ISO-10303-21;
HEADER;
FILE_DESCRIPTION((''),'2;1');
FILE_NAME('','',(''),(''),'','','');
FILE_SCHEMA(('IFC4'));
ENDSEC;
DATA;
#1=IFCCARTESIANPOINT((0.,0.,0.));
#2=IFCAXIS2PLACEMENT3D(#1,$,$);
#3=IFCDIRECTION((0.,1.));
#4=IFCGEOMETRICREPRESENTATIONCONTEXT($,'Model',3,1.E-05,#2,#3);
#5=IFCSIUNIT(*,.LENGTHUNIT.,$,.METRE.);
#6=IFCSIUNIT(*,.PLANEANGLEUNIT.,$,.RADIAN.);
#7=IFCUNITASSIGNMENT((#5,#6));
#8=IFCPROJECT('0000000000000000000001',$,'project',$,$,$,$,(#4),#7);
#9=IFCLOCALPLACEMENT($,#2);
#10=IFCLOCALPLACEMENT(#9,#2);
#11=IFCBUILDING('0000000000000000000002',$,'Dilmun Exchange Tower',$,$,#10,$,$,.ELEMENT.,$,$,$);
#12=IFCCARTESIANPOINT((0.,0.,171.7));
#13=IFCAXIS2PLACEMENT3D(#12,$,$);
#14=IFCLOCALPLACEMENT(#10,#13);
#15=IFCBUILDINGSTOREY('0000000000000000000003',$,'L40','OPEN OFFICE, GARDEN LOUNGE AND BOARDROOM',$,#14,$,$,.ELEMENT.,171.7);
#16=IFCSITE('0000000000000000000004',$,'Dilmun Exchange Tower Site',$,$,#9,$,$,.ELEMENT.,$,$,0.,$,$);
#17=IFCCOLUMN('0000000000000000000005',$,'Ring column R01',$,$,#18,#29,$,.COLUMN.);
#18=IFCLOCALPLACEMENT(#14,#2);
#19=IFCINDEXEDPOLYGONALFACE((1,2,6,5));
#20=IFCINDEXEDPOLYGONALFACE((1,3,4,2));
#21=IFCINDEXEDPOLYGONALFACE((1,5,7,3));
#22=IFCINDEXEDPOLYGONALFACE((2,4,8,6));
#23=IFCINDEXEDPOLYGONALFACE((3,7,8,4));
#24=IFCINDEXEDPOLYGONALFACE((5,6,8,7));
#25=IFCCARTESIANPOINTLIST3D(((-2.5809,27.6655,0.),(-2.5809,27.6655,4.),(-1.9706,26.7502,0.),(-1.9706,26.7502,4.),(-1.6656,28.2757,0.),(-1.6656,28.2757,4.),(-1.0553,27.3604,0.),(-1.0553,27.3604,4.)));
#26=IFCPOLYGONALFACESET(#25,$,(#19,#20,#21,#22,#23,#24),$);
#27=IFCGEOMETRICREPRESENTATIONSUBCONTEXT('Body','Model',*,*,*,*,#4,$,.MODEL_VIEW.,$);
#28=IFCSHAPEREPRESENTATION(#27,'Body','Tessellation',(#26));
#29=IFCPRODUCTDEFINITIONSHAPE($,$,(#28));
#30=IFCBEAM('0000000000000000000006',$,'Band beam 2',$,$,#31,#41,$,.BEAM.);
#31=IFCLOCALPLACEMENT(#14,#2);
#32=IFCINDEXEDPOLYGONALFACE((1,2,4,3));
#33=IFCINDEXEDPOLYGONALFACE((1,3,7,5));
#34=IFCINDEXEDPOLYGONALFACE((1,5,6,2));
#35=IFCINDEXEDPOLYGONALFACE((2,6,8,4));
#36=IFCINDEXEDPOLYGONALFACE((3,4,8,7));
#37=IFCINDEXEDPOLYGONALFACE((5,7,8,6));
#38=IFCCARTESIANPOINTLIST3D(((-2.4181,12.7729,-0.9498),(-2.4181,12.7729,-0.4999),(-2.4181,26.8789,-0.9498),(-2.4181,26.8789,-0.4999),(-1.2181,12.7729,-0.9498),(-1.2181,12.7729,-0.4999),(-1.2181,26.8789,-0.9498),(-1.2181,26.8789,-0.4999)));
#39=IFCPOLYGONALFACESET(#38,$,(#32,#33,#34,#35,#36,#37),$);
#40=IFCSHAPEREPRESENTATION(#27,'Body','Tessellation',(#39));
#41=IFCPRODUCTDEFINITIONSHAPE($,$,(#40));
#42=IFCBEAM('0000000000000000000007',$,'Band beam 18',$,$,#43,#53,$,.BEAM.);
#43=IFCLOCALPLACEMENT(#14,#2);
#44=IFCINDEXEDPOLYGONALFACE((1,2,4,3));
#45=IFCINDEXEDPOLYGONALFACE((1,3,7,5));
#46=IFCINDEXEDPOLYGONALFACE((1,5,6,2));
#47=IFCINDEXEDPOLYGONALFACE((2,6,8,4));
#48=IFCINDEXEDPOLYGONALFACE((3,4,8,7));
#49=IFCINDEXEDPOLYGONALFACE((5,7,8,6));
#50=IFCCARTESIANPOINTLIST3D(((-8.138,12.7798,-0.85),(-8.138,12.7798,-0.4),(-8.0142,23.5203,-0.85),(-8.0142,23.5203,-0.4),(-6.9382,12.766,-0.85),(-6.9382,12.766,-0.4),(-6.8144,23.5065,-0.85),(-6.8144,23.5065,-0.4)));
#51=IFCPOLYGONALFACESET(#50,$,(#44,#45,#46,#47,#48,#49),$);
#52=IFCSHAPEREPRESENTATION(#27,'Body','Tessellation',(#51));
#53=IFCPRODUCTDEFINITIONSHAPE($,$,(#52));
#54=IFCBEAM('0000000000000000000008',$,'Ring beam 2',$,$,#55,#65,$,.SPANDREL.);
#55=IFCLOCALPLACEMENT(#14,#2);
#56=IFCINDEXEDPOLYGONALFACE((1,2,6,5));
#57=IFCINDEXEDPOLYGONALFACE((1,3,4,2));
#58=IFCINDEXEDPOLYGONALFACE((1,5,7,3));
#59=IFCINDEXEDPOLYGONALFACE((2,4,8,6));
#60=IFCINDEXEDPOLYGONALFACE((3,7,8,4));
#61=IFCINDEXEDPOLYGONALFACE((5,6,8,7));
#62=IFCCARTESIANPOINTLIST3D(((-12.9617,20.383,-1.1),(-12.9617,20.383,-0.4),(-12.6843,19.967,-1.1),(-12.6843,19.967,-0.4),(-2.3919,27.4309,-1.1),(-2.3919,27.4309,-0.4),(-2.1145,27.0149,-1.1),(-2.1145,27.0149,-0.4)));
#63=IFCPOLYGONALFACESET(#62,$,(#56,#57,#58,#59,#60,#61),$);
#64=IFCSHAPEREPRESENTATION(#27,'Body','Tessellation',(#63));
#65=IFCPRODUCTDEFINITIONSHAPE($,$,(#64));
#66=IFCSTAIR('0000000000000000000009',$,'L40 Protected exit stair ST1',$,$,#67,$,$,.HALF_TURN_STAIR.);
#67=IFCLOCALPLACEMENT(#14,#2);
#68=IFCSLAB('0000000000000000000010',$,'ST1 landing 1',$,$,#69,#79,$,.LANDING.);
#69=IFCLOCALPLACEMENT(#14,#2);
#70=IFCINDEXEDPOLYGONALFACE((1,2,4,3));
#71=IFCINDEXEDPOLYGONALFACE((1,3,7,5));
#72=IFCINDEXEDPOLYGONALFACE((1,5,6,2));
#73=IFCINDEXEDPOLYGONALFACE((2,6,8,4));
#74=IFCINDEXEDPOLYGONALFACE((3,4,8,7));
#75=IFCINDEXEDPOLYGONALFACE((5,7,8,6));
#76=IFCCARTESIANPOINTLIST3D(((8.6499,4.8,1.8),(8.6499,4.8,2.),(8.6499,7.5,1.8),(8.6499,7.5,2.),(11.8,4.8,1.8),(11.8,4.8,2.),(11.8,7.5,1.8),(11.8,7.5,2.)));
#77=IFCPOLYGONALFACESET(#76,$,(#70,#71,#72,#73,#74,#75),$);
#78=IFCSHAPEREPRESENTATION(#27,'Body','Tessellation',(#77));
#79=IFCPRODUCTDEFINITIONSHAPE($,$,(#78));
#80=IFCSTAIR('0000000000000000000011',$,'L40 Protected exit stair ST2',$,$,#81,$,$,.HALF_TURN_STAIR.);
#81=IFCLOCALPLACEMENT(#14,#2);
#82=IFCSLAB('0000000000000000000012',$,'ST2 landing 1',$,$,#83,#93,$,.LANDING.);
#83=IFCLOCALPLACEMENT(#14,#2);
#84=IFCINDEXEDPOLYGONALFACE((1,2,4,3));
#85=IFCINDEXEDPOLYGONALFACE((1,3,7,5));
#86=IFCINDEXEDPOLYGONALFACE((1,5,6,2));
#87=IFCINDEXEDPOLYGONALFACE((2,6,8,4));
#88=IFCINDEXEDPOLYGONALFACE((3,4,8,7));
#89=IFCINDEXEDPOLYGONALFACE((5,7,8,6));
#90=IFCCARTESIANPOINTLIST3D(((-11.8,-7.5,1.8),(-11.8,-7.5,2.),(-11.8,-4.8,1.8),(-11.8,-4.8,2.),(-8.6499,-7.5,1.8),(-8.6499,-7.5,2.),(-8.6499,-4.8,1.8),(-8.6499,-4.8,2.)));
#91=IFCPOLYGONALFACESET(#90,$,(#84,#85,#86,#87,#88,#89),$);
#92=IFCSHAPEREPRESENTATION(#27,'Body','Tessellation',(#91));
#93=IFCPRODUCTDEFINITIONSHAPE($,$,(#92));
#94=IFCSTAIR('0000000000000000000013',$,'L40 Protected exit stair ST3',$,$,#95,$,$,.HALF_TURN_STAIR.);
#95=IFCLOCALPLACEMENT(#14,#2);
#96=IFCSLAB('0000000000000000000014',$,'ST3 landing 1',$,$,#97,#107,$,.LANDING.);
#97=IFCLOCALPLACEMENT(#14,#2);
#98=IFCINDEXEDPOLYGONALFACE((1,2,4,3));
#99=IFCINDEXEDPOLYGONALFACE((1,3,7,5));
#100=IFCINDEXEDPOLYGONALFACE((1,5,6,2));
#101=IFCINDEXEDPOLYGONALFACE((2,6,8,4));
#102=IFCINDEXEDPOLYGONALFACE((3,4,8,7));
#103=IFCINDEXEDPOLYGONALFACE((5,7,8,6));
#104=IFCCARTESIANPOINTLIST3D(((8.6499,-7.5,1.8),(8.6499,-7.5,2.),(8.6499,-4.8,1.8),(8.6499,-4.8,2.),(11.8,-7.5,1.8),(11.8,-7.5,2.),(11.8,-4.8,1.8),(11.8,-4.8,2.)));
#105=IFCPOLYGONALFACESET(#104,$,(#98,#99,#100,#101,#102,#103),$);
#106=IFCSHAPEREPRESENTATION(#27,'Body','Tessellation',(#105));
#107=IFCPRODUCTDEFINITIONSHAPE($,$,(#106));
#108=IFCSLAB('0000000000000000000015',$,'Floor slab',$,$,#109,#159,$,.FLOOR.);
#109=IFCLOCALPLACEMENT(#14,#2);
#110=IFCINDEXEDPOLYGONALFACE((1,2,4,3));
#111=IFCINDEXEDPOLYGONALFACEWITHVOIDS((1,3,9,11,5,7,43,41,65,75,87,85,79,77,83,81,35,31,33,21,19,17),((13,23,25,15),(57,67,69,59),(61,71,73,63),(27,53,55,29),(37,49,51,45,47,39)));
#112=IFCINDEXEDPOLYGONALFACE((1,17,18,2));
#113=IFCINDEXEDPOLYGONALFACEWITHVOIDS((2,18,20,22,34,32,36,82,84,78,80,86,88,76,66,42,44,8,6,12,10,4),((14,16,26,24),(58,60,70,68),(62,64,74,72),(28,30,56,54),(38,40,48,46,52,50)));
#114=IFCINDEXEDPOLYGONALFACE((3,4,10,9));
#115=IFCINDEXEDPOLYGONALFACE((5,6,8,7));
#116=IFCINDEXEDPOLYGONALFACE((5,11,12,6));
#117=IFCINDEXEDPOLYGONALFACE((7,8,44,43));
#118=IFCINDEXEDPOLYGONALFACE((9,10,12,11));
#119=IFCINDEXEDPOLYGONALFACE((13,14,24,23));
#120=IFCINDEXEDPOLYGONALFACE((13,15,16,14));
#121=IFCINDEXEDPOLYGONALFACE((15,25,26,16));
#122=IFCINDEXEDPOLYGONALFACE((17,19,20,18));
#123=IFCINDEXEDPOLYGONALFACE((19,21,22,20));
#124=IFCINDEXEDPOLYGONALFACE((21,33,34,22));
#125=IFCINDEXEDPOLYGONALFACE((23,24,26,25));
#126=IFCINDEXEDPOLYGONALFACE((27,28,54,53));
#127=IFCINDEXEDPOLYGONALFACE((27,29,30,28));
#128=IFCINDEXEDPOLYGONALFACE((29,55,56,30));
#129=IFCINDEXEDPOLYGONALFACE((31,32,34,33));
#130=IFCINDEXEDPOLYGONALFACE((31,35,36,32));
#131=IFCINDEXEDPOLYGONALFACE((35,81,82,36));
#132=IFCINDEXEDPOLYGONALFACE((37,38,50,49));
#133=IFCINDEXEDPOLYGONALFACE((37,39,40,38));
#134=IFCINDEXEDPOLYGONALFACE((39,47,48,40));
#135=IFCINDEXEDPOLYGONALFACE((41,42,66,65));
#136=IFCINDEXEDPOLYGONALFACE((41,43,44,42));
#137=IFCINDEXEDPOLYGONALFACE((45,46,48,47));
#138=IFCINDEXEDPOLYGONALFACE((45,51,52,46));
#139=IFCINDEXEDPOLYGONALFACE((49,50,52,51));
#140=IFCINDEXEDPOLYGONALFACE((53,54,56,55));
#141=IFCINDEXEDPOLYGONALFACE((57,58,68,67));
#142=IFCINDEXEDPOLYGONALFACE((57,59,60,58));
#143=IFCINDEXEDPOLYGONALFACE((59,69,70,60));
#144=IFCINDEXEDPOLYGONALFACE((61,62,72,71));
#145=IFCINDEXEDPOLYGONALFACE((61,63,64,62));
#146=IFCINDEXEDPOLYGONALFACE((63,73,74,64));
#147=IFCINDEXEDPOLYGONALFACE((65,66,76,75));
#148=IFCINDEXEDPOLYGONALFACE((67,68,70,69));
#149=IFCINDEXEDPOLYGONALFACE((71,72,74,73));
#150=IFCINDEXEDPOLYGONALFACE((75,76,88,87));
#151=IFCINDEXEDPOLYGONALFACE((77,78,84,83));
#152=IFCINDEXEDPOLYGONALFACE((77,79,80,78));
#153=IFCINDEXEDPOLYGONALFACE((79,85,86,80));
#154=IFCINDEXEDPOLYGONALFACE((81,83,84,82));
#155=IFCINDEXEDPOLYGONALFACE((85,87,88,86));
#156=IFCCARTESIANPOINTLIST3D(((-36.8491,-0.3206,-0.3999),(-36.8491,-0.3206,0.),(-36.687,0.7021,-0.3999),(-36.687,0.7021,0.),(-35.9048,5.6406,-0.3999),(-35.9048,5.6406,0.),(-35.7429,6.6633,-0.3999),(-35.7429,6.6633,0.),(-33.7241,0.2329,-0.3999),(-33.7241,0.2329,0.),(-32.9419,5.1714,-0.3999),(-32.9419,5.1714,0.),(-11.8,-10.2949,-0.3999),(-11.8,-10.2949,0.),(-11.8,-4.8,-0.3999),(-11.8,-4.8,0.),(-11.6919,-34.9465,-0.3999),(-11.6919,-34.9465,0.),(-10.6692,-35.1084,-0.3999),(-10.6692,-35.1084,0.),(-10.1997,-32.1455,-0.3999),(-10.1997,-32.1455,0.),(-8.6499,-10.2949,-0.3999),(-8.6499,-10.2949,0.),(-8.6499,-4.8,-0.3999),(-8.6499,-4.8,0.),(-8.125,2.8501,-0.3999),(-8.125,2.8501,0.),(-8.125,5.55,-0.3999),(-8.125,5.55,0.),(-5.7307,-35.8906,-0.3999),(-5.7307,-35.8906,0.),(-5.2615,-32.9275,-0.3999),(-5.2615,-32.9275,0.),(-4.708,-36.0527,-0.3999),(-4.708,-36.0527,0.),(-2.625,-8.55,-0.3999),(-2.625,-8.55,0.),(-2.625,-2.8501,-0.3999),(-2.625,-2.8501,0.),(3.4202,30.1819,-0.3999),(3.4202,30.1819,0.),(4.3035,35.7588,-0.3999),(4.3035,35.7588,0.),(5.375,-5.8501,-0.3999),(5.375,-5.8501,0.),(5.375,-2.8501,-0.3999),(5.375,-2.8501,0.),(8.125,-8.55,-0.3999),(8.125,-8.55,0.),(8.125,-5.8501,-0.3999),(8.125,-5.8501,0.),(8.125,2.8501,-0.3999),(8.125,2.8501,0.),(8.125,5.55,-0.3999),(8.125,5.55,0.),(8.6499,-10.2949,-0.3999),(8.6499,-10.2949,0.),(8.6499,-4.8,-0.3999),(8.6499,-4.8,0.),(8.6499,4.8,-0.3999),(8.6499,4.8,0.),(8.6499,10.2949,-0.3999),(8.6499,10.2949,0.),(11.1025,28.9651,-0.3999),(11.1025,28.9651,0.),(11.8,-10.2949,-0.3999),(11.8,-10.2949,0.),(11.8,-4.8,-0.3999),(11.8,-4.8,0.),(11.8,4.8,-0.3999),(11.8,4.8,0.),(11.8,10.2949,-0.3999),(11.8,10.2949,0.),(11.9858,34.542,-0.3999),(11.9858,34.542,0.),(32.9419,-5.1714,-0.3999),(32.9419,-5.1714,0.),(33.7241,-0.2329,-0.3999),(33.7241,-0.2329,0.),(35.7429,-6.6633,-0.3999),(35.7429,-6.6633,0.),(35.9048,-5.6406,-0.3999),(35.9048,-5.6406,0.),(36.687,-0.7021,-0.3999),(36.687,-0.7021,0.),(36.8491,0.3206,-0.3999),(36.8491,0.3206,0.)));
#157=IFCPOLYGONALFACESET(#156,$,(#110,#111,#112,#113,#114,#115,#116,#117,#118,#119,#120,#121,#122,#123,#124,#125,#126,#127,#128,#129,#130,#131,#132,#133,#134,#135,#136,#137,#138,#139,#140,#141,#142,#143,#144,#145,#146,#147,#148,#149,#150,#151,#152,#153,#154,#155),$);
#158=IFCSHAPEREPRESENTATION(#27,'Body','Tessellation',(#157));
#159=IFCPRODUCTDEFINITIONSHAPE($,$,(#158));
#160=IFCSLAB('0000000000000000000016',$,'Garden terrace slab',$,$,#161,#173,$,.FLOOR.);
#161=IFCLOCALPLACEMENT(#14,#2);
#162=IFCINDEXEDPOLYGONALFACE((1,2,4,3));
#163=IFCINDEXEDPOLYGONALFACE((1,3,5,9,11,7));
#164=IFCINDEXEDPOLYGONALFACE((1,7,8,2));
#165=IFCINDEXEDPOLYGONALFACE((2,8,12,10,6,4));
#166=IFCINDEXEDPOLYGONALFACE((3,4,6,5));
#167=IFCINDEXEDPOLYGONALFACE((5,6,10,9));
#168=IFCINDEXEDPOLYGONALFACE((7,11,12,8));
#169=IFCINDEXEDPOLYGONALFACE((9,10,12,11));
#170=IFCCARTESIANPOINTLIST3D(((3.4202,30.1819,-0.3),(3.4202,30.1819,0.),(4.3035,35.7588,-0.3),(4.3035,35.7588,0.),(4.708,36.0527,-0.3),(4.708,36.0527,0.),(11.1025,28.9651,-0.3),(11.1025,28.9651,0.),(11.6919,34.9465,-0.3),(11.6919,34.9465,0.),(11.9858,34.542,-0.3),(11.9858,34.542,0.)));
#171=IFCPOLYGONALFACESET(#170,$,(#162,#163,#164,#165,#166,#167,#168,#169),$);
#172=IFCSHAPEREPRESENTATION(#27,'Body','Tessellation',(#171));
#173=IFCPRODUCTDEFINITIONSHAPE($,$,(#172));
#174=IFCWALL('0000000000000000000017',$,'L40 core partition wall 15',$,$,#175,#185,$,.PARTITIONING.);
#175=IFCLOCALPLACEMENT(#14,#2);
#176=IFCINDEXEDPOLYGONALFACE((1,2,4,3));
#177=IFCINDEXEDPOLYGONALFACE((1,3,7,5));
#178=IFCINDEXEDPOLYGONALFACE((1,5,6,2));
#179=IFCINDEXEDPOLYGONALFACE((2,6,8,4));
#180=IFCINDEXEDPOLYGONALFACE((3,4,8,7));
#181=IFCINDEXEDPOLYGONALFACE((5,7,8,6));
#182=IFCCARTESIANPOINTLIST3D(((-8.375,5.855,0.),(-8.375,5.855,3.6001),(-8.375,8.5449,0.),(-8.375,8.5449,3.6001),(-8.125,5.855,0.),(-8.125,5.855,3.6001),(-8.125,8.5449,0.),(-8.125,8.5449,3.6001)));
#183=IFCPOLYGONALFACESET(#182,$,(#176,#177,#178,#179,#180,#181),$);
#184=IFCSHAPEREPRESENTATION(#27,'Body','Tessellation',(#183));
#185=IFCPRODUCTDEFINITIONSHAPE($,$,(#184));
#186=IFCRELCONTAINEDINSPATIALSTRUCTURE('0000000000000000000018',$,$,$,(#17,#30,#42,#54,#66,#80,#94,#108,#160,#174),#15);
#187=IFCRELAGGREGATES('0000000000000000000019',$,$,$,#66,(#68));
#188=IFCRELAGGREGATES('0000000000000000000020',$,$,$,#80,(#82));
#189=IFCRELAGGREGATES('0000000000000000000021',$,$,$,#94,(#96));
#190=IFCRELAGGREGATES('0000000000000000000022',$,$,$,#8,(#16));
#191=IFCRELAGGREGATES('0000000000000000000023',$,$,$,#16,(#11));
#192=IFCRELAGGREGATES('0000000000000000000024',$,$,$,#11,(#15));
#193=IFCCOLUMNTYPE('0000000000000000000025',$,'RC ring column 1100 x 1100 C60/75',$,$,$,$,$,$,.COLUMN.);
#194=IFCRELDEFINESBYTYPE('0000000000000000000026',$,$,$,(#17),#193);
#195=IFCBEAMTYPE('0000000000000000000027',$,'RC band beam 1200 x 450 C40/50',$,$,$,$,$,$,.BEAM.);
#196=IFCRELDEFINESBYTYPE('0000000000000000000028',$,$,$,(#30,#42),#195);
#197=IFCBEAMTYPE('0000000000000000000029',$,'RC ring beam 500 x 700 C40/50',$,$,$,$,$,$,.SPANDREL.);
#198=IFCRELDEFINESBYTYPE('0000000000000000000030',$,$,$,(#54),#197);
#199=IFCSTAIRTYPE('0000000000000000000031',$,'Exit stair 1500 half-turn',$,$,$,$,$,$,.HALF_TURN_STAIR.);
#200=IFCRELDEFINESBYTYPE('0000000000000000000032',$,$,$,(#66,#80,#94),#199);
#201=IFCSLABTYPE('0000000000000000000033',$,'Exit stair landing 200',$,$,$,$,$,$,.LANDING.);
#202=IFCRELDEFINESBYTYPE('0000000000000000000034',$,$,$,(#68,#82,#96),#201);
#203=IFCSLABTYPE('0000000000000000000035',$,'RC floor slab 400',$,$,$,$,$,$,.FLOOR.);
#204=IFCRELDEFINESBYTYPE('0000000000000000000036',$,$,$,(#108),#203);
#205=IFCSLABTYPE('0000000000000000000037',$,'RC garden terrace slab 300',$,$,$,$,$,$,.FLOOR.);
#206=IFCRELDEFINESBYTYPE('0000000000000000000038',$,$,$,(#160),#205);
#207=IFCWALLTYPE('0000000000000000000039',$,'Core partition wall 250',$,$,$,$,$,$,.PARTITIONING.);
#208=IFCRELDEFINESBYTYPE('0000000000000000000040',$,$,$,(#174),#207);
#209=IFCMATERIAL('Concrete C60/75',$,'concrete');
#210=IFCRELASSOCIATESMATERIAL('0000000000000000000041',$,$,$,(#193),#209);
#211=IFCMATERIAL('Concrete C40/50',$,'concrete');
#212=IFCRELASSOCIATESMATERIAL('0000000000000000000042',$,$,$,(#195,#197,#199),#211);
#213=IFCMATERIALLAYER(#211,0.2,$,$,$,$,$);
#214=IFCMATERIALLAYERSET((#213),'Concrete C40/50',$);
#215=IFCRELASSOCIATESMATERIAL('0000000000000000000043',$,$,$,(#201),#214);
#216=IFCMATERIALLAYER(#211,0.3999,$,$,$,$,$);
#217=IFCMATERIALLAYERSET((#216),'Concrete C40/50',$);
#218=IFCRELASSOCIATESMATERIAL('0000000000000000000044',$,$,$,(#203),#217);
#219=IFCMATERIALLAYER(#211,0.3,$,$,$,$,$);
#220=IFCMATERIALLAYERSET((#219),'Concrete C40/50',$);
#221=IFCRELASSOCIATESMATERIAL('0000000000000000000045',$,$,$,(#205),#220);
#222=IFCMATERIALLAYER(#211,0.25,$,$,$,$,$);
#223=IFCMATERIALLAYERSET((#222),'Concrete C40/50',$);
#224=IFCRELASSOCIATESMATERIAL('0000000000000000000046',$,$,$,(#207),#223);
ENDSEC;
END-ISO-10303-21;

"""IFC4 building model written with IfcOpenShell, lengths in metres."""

from ifc_helpers import new_model, si_unit, direction, frame, frame_2d, origin, origin_2d, place, context, subcontext, project, spatial, polyline, rectangle, outline, extrude, material, layer, layer_set, material_profile, profile_set, type_object, element, aggregate, save


model = new_model("IFC4")

# Units and contexts
model_context = context("Model", 3, precision=1e-05, world=origin(), true_north=direction((0.0, 1.0)))
body_context = subcontext(model_context, "Body", "Model", "MODEL_VIEW")
ifc_project = project(units=[si_unit("LENGTHUNIT", "METRE"), si_unit("PLANEANGLEUNIT", "RADIAN")], contexts=[model_context])

# Site, building, storey
site_placement = place(None, origin())
site = spatial("IfcSite", under=ifc_project, at=site_placement, Name="Dilmun Exchange Tower Site", CompositionType="ELEMENT", RefElevation=0.0)
building_placement = place(site_placement, origin())
building = spatial("IfcBuilding", under=site, at=building_placement, Name="Dilmun Exchange Tower", CompositionType="ELEMENT")
storey_placement = place(building_placement, frame((0.0, 0.0, 171.7)))
storey = spatial("IfcBuildingStorey", under=building, at=storey_placement, Name="L40", Description="OPEN OFFICE, GARDEN LOUNGE AND BOARDROOM", CompositionType="ELEMENT", Elevation=171.7)

# Column
ifc_material_1 = material(Name="Concrete C60/75", Category="concrete")
ifc_material_profile_1 = material_profile(ifc_material_1, rectangle(XDim=1.1001, YDim=1.1001, at=origin_2d()), Name="1100 x 1100")
ifc_profile_set_1 = profile_set([ifc_material_profile_1], Name="Concrete C60/75")
column_type = type_object("IfcColumnType", Name="RC ring column 1100 x 1100 C60/75", PredefinedType="COLUMN", material=ifc_profile_set_1)
column_placement = place(storey_placement, frame((-1.8181, 27.5129, 0.0), z_axis=(0.0, 0.0, 1.0), x_axis=(0.832029, 0.554733, 0.0)))
element("IfcColumn", 1, at=column_placement, inside=storey, type_object=column_type, Name="Ring column R01", PredefinedType="COLUMN", context=body_context, shape_type="SweptSolid", body=[
    extrude(rectangle(XDim=1.1001, YDim=1.1001, at=origin_2d()), origin(), (0.0, 0.0, 1.0), 4.0),
])

# Beams
ifc_material_2 = material(Name="Concrete C40/50", Category="concrete")
ifc_material_profile_2 = material_profile(ifc_material_2, rectangle(XDim=1.2, YDim=0.45, at=origin_2d()), Name="1200 x 450")
ifc_profile_set_2 = profile_set([ifc_material_profile_2], Name="Concrete C40/50")
beam_type_1 = type_object("IfcBeamType", Name="RC band beam 1200 x 450 C40/50", PredefinedType="BEAM", material=ifc_profile_set_2)
beam_1_placement = place(storey_placement, frame((-1.8181, 26.8789, -0.7249), z_axis=(0.0, -1.0, 0.0), x_axis=(1.0, 0.0, 0.0)))
element("IfcBeam", 2, at=beam_1_placement, inside=storey, type_object=beam_type_1, Name="Band beam 2", PredefinedType="BEAM", context=body_context, shape_type="SweptSolid", body=[
    extrude(rectangle(XDim=1.2, YDim=0.45, at=origin_2d()), origin(), (0.0, 0.0, 1.0), 14.106),
])
beam_2_placement = place(storey_placement, frame((-7.4143, 23.5134, -0.625), z_axis=(-0.011524, -0.999934, 0.0), x_axis=(0.999934, -0.011524, 0.0)))
element("IfcBeam", 3, at=beam_2_placement, inside=storey, type_object=beam_type_1, Name="Band beam 18", PredefinedType="BEAM", context=body_context, shape_type="SweptSolid", body=[
    extrude(rectangle(XDim=1.2, YDim=0.45, at=origin_2d()), origin(), (0.0, 0.0, 1.0), 10.7412),
])
ifc_material_profile_3 = material_profile(ifc_material_2, rectangle(XDim=0.5, YDim=0.7, at=origin_2d()), Name="500 x 700")
ifc_profile_set_3 = profile_set([ifc_material_profile_3], Name="Concrete C40/50")
beam_type_2 = type_object("IfcBeamType", Name="RC ring beam 500 x 700 C40/50", PredefinedType="SPANDREL", material=ifc_profile_set_3)
beam_3_placement = place(storey_placement, frame((-2.2532, 27.2229, -0.75), z_axis=(-0.832003, -0.554771, 0.0), x_axis=(0.554771, -0.832003, 0.0)))
element("IfcBeam", 4, at=beam_3_placement, inside=storey, type_object=beam_type_2, Name="Ring beam 2", PredefinedType="SPANDREL", context=body_context, shape_type="SweptSolid", body=[
    extrude(rectangle(XDim=0.5, YDim=0.7, at=origin_2d()), origin(), (0.0, 0.0, 1.0), 12.7041),
])

# Stairs, slabs
stair_type = type_object("IfcStairType", Name="Exit stair 1500 half-turn", PredefinedType="HALF_TURN_STAIR", material=ifc_material_2)
stair_1_placement = place(storey_placement, origin())
stair_1 = element("IfcStair", 5, at=stair_1_placement, inside=storey, type_object=stair_type, Name="L40 Protected exit stair ST1", PredefinedType="HALF_TURN_STAIR")
ifc_layer_1 = layer(ifc_material_2, 0.2)
ifc_layer_set_1 = layer_set([ifc_layer_1], Name="Concrete C40/50")
slab_type_1 = type_object("IfcSlabType", Name="Exit stair landing 200", PredefinedType="LANDING", material=ifc_layer_set_1)
slab_1_placement = place(storey_placement, frame((0.0, 0.0, 1.8)))
slab_1 = element("IfcSlab", 6, at=slab_1_placement, type_object=slab_type_1, Name="ST1 landing 1", PredefinedType="LANDING", context=body_context, shape_type="SweptSolid", body=[
    extrude(outline(polyline([(8.6499, 7.5), (8.6499, 4.8), (11.8, 4.8), (11.8, 7.5), (8.6499, 7.5)])), origin(), (0.0, 0.0, 1.0), 0.2),
])
aggregate(stair_1, [slab_1])
stair_2_placement = place(storey_placement, origin())
stair_2 = element("IfcStair", 7, at=stair_2_placement, inside=storey, type_object=stair_type, Name="L40 Protected exit stair ST2", PredefinedType="HALF_TURN_STAIR")
slab_2_placement = place(storey_placement, frame((0.0, 0.0, 1.8)))
slab_2 = element("IfcSlab", 8, at=slab_2_placement, type_object=slab_type_1, Name="ST2 landing 1", PredefinedType="LANDING", context=body_context, shape_type="SweptSolid", body=[
    extrude(outline(polyline([(-8.6499, -7.5), (-8.6499, -4.8), (-11.8, -4.8), (-11.8, -7.5), (-8.6499, -7.5)])), origin(), (0.0, 0.0, 1.0), 0.2),
])
aggregate(stair_2, [slab_2])
stair_3_placement = place(storey_placement, origin())
stair_3 = element("IfcStair", 9, at=stair_3_placement, inside=storey, type_object=stair_type, Name="L40 Protected exit stair ST3", PredefinedType="HALF_TURN_STAIR")
slab_3_placement = place(storey_placement, frame((0.0, 0.0, 1.8)))
slab_3 = element("IfcSlab", 10, at=slab_3_placement, type_object=slab_type_1, Name="ST3 landing 1", PredefinedType="LANDING", context=body_context, shape_type="SweptSolid", body=[
    extrude(outline(polyline([(11.8, -7.5), (11.8, -4.8), (8.6499, -4.8), (8.6499, -7.5), (11.8, -7.5)])), origin(), (0.0, 0.0, 1.0), 0.2),
])
aggregate(stair_3, [slab_3])

# Slabs
ifc_layer_2 = layer(ifc_material_2, 0.3999)
ifc_layer_set_2 = layer_set([ifc_layer_2], Name="Concrete C40/50")
slab_type_2 = type_object("IfcSlabType", Name="RC floor slab 400", PredefinedType="FLOOR", material=ifc_layer_set_2)
slab_4_placement = place(storey_placement, frame((0.0, 0.0, -0.3999)))
element("IfcSlab", 11, at=slab_4_placement, inside=storey, type_object=slab_type_2, Name="Floor slab", PredefinedType="FLOOR", context=body_context, shape_type="SweptSolid", body=[
    extrude(outline(polyline([(36.687, -0.7021), (33.7241, -0.2329), (32.9419, -5.1714), (35.9048, -5.6406), (35.7429, -6.6633), (-4.708, -36.0527), (-5.7307, -35.8906), (-5.2615, -32.9275), (-10.1997, -32.1455), (-10.6692, -35.1084), (-11.6919, -34.9465), (-36.8491, -0.3206), (-36.687, 0.7021), (-33.7241, 0.2329), (-32.9419, 5.1714), (-35.9048, 5.6406), (-35.7429, 6.6633), (4.3035, 35.7588), (3.4202, 30.1819), (11.1025, 28.9651), (11.9858, 34.542), (36.8491, 0.3206), (36.687, -0.7021)]), holes=[polyline([(-8.6499, -4.8), (-11.8, -4.8), (-11.8, -10.2949), (-8.6499, -10.2949), (-8.6499, -4.8)]), polyline([(11.8, -4.8), (8.6499, -4.8), (8.6499, -10.2949), (11.8, -10.2949), (11.8, -4.8)]), polyline([(5.375, -2.8501), (-2.625, -2.8501), (-2.625, -8.55), (8.125, -8.55), (8.125, -5.8501), (5.375, -5.8501), (5.375, -2.8501)]), polyline([(8.125, 2.8501), (8.125, 5.55), (-8.125, 5.55), (-8.125, 2.8501), (8.125, 2.8501)]), polyline([(8.6499, 10.2949), (8.6499, 4.8), (11.8, 4.8), (11.8, 10.2949), (8.6499, 10.2949)])]), origin(), (0.0, 0.0, 1.0), 0.3999),
])
ifc_layer_3 = layer(ifc_material_2, 0.3)
ifc_layer_set_3 = layer_set([ifc_layer_3], Name="Concrete C40/50")
slab_type_3 = type_object("IfcSlabType", Name="RC garden terrace slab 300", PredefinedType="FLOOR", material=ifc_layer_set_3)
slab_5_placement = place(storey_placement, frame((0.0, 0.0, -0.3)))
element("IfcSlab", 12, at=slab_5_placement, inside=storey, type_object=slab_type_3, Name="Garden terrace slab", PredefinedType="FLOOR", context=body_context, shape_type="SweptSolid", body=[
    extrude(outline(polyline([(3.4202, 30.1819), (4.3035, 35.7588), (4.708, 36.0527), (11.6919, 34.9465), (11.9858, 34.542), (11.1025, 28.9651), (3.4202, 30.1819)])), origin(), (0.0, 0.0, 1.0), 0.3),
])

# Wall
ifc_layer_4 = layer(ifc_material_2, 0.25)
ifc_layer_set_4 = layer_set([ifc_layer_4], Name="Concrete C40/50")
wall_type_1 = type_object("IfcWallType", Name="Core partition wall 250", PredefinedType="PARTITIONING", material=ifc_layer_set_4)
wall_1_placement = place(storey_placement, frame((-8.25, 5.855, 0.0), z_axis=(0.0, 0.0, 1.0), x_axis=(0.0, 1.0, 0.0)))
element("IfcWall", 13, at=wall_1_placement, inside=storey, type_object=wall_type_1, Name="L40 core partition wall 15", PredefinedType="PARTITIONING", context=body_context, shape_type="SweptSolid", body=[
    extrude(rectangle(XDim=2.6899, YDim=0.25, at=frame_2d((1.345, 0.0))), origin(), (0.0, 0.0, 1.0), 3.6001),
])

save(model, "model.ifc")
